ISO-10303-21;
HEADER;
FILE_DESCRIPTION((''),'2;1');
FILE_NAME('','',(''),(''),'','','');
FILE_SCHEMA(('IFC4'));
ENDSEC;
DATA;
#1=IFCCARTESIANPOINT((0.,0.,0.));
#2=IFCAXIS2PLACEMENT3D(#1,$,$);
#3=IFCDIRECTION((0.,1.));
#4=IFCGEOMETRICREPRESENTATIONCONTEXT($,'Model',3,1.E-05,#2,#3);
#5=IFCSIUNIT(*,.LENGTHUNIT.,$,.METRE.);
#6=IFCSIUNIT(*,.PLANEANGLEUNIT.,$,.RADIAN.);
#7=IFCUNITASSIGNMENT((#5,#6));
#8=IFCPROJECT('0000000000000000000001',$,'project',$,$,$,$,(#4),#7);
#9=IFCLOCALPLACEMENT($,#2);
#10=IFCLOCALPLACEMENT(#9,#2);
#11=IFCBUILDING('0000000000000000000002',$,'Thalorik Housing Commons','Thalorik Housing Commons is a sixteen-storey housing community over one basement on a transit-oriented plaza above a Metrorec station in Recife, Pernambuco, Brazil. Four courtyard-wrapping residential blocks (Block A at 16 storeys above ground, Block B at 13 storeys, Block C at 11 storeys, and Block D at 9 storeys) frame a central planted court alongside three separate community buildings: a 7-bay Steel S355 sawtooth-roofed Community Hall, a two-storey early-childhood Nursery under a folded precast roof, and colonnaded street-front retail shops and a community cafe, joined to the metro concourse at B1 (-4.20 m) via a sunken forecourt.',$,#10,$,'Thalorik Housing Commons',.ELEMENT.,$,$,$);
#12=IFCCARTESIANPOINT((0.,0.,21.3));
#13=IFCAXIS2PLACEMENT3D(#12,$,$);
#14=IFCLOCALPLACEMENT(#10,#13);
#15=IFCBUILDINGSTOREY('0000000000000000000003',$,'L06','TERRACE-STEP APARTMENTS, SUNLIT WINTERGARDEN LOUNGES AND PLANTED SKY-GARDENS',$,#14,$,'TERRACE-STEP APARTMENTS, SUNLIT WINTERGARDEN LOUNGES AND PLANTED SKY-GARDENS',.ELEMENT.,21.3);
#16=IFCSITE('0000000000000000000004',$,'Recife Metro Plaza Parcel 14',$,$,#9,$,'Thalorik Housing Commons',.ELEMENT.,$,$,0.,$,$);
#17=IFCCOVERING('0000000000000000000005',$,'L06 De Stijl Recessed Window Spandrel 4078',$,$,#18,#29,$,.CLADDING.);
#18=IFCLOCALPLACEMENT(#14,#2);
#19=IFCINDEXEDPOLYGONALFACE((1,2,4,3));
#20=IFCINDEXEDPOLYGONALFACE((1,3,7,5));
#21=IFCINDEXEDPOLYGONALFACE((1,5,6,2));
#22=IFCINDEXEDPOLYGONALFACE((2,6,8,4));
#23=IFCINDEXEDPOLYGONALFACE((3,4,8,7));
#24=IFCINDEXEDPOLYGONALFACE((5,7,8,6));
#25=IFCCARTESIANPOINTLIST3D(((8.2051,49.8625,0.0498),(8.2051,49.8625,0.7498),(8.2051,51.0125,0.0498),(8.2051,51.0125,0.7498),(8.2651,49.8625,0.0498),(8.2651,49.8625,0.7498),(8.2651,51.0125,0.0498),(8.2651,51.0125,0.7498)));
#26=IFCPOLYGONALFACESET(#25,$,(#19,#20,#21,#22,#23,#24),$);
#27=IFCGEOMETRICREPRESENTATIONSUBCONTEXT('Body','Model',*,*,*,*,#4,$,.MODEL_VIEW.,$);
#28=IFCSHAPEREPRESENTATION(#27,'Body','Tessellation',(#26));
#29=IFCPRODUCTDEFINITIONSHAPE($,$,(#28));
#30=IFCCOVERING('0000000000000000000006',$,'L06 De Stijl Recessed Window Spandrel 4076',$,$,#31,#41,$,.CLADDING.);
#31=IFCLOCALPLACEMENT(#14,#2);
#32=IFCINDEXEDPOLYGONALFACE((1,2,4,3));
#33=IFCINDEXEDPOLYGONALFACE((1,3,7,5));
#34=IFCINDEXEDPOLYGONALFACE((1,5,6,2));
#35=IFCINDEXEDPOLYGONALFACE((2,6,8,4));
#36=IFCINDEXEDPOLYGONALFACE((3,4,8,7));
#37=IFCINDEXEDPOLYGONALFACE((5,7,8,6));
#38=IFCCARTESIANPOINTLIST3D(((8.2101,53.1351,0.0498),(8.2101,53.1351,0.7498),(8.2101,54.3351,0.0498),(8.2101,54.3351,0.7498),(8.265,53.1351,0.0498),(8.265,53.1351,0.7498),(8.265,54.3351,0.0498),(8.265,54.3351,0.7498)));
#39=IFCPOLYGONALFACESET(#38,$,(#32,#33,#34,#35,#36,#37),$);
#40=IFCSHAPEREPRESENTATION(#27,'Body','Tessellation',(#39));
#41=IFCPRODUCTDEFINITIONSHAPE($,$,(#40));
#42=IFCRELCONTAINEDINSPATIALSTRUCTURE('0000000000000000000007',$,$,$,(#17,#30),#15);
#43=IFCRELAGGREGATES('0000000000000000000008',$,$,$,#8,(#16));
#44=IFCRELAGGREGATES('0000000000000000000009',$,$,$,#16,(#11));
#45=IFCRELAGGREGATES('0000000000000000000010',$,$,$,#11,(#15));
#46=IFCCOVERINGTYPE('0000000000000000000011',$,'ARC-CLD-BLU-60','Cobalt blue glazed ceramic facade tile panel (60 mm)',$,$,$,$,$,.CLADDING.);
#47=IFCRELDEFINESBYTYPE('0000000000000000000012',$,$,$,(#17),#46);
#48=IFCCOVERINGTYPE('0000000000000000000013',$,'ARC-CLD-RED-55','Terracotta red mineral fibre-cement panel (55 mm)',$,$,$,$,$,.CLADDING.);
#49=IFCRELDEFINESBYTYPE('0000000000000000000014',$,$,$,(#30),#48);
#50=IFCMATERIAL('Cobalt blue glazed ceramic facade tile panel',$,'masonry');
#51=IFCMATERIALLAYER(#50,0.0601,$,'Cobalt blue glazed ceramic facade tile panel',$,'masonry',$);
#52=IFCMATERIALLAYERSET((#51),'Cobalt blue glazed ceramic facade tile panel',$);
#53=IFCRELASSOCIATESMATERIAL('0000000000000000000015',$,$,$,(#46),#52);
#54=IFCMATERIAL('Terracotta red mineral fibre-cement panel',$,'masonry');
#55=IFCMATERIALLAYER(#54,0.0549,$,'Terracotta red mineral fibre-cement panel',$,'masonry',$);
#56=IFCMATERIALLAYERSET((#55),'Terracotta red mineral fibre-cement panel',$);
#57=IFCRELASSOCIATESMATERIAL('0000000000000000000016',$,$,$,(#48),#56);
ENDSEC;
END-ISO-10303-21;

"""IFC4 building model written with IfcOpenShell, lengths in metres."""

from ifc_helpers import new_model, si_unit, direction, frame, origin, origin_2d, place, context, subcontext, project, spatial, rectangle, extrude, material, layer, layer_set, type_object, element, save


model = new_model("IFC4")

# Units and contexts
model_context = context("Model", 3, precision=1e-05, world=origin(), true_north=direction((0.0, 1.0)))
body_context = subcontext(model_context, "Body", "Model", "MODEL_VIEW")
ifc_project = project(units=[si_unit("LENGTHUNIT", "METRE"), si_unit("PLANEANGLEUNIT", "RADIAN")], contexts=[model_context])

# Site, building, storey
site_placement = place(None, origin())
site = spatial("IfcSite", under=ifc_project, at=site_placement, Name="Recife Metro Plaza Parcel 14", LongName="Thalorik Housing Commons", CompositionType="ELEMENT", RefElevation=0.0)
building_placement = place(site_placement, origin())
building = spatial("IfcBuilding", under=site, at=building_placement, Name="Thalorik Housing Commons", Description="Thalorik Housing Commons is a sixteen-storey housing community over one basement on a transit-oriented plaza above a Metrorec station in Recife, Pernambuco, Brazil. Four courtyard-wrapping residential blocks (Block A at 16 storeys above ground, Block B at 13 storeys, Block C at 11 storeys, and Block D at 9 storeys) frame a central planted court alongside three separate community buildings: a 7-bay Steel S355 sawtooth-roofed Community Hall, a two-storey early-childhood Nursery under a folded precast roof, and colonnaded street-front retail shops and a community cafe, joined to the metro concourse at B1 (-4.20 m) via a sunken forecourt.", LongName="Thalorik Housing Commons", CompositionType="ELEMENT")
storey_placement = place(building_placement, frame((0.0, 0.0, 21.3)))
storey = spatial("IfcBuildingStorey", under=building, at=storey_placement, Name="L06", Description="TERRACE-STEP APARTMENTS, SUNLIT WINTERGARDEN LOUNGES AND PLANTED SKY-GARDENS", LongName="TERRACE-STEP APARTMENTS, SUNLIT WINTERGARDEN LOUNGES AND PLANTED SKY-GARDENS", CompositionType="ELEMENT", Elevation=21.3)

# Coverings
ifc_material_1 = material(Name="Cobalt blue glazed ceramic facade tile panel", Category="masonry")
ifc_layer_1 = layer(ifc_material_1, 0.0601, Name="Cobalt blue glazed ceramic facade tile panel", Category="masonry")
ifc_layer_set_1 = layer_set([ifc_layer_1], Name="Cobalt blue glazed ceramic facade tile panel")
covering_type_1 = type_object("IfcCoveringType", Name="ARC-CLD-BLU-60", Description="Cobalt blue glazed ceramic facade tile panel (60 mm)", PredefinedType="CLADDING", material=ifc_layer_set_1)
covering_1_placement = place(storey_placement, frame((8.2351, 50.4375, 0.0498), z_axis=(0.0, 0.0, 1.0), x_axis=(0.0, -1.0, 0.0)))
element("IfcCovering", 1, at=covering_1_placement, inside=storey, type_object=covering_type_1, Name="L06 De Stijl Recessed Window Spandrel 4078", PredefinedType="CLADDING", context=body_context, shape_type="SweptSolid", body=[
    extrude(rectangle(XDim=1.1499, YDim=0.0601, at=origin_2d()), origin(), (0.0, 0.0, 1.0), 0.7),
])
ifc_material_2 = material(Name="Terracotta red mineral fibre-cement panel", Category="masonry")
ifc_layer_2 = layer(ifc_material_2, 0.0549, Name="Terracotta red mineral fibre-cement panel", Category="masonry")
ifc_layer_set_2 = layer_set([ifc_layer_2], Name="Terracotta red mineral fibre-cement panel")
covering_type_2 = type_object("IfcCoveringType", Name="ARC-CLD-RED-55", Description="Terracotta red mineral fibre-cement panel (55 mm)", PredefinedType="CLADDING", material=ifc_layer_set_2)
covering_2_placement = place(storey_placement, frame((8.2375, 53.7351, 0.0498), z_axis=(0.0, 0.0, 1.0), x_axis=(0.0, -1.0, 0.0)))
element("IfcCovering", 2, at=covering_2_placement, inside=storey, type_object=covering_type_2, Name="L06 De Stijl Recessed Window Spandrel 4076", PredefinedType="CLADDING", context=body_context, shape_type="SweptSolid", body=[
    extrude(rectangle(XDim=1.2, YDim=0.0549, at=origin_2d()), origin(), (0.0, 0.0, 1.0), 0.7),
])

save(model, "model.ifc")
